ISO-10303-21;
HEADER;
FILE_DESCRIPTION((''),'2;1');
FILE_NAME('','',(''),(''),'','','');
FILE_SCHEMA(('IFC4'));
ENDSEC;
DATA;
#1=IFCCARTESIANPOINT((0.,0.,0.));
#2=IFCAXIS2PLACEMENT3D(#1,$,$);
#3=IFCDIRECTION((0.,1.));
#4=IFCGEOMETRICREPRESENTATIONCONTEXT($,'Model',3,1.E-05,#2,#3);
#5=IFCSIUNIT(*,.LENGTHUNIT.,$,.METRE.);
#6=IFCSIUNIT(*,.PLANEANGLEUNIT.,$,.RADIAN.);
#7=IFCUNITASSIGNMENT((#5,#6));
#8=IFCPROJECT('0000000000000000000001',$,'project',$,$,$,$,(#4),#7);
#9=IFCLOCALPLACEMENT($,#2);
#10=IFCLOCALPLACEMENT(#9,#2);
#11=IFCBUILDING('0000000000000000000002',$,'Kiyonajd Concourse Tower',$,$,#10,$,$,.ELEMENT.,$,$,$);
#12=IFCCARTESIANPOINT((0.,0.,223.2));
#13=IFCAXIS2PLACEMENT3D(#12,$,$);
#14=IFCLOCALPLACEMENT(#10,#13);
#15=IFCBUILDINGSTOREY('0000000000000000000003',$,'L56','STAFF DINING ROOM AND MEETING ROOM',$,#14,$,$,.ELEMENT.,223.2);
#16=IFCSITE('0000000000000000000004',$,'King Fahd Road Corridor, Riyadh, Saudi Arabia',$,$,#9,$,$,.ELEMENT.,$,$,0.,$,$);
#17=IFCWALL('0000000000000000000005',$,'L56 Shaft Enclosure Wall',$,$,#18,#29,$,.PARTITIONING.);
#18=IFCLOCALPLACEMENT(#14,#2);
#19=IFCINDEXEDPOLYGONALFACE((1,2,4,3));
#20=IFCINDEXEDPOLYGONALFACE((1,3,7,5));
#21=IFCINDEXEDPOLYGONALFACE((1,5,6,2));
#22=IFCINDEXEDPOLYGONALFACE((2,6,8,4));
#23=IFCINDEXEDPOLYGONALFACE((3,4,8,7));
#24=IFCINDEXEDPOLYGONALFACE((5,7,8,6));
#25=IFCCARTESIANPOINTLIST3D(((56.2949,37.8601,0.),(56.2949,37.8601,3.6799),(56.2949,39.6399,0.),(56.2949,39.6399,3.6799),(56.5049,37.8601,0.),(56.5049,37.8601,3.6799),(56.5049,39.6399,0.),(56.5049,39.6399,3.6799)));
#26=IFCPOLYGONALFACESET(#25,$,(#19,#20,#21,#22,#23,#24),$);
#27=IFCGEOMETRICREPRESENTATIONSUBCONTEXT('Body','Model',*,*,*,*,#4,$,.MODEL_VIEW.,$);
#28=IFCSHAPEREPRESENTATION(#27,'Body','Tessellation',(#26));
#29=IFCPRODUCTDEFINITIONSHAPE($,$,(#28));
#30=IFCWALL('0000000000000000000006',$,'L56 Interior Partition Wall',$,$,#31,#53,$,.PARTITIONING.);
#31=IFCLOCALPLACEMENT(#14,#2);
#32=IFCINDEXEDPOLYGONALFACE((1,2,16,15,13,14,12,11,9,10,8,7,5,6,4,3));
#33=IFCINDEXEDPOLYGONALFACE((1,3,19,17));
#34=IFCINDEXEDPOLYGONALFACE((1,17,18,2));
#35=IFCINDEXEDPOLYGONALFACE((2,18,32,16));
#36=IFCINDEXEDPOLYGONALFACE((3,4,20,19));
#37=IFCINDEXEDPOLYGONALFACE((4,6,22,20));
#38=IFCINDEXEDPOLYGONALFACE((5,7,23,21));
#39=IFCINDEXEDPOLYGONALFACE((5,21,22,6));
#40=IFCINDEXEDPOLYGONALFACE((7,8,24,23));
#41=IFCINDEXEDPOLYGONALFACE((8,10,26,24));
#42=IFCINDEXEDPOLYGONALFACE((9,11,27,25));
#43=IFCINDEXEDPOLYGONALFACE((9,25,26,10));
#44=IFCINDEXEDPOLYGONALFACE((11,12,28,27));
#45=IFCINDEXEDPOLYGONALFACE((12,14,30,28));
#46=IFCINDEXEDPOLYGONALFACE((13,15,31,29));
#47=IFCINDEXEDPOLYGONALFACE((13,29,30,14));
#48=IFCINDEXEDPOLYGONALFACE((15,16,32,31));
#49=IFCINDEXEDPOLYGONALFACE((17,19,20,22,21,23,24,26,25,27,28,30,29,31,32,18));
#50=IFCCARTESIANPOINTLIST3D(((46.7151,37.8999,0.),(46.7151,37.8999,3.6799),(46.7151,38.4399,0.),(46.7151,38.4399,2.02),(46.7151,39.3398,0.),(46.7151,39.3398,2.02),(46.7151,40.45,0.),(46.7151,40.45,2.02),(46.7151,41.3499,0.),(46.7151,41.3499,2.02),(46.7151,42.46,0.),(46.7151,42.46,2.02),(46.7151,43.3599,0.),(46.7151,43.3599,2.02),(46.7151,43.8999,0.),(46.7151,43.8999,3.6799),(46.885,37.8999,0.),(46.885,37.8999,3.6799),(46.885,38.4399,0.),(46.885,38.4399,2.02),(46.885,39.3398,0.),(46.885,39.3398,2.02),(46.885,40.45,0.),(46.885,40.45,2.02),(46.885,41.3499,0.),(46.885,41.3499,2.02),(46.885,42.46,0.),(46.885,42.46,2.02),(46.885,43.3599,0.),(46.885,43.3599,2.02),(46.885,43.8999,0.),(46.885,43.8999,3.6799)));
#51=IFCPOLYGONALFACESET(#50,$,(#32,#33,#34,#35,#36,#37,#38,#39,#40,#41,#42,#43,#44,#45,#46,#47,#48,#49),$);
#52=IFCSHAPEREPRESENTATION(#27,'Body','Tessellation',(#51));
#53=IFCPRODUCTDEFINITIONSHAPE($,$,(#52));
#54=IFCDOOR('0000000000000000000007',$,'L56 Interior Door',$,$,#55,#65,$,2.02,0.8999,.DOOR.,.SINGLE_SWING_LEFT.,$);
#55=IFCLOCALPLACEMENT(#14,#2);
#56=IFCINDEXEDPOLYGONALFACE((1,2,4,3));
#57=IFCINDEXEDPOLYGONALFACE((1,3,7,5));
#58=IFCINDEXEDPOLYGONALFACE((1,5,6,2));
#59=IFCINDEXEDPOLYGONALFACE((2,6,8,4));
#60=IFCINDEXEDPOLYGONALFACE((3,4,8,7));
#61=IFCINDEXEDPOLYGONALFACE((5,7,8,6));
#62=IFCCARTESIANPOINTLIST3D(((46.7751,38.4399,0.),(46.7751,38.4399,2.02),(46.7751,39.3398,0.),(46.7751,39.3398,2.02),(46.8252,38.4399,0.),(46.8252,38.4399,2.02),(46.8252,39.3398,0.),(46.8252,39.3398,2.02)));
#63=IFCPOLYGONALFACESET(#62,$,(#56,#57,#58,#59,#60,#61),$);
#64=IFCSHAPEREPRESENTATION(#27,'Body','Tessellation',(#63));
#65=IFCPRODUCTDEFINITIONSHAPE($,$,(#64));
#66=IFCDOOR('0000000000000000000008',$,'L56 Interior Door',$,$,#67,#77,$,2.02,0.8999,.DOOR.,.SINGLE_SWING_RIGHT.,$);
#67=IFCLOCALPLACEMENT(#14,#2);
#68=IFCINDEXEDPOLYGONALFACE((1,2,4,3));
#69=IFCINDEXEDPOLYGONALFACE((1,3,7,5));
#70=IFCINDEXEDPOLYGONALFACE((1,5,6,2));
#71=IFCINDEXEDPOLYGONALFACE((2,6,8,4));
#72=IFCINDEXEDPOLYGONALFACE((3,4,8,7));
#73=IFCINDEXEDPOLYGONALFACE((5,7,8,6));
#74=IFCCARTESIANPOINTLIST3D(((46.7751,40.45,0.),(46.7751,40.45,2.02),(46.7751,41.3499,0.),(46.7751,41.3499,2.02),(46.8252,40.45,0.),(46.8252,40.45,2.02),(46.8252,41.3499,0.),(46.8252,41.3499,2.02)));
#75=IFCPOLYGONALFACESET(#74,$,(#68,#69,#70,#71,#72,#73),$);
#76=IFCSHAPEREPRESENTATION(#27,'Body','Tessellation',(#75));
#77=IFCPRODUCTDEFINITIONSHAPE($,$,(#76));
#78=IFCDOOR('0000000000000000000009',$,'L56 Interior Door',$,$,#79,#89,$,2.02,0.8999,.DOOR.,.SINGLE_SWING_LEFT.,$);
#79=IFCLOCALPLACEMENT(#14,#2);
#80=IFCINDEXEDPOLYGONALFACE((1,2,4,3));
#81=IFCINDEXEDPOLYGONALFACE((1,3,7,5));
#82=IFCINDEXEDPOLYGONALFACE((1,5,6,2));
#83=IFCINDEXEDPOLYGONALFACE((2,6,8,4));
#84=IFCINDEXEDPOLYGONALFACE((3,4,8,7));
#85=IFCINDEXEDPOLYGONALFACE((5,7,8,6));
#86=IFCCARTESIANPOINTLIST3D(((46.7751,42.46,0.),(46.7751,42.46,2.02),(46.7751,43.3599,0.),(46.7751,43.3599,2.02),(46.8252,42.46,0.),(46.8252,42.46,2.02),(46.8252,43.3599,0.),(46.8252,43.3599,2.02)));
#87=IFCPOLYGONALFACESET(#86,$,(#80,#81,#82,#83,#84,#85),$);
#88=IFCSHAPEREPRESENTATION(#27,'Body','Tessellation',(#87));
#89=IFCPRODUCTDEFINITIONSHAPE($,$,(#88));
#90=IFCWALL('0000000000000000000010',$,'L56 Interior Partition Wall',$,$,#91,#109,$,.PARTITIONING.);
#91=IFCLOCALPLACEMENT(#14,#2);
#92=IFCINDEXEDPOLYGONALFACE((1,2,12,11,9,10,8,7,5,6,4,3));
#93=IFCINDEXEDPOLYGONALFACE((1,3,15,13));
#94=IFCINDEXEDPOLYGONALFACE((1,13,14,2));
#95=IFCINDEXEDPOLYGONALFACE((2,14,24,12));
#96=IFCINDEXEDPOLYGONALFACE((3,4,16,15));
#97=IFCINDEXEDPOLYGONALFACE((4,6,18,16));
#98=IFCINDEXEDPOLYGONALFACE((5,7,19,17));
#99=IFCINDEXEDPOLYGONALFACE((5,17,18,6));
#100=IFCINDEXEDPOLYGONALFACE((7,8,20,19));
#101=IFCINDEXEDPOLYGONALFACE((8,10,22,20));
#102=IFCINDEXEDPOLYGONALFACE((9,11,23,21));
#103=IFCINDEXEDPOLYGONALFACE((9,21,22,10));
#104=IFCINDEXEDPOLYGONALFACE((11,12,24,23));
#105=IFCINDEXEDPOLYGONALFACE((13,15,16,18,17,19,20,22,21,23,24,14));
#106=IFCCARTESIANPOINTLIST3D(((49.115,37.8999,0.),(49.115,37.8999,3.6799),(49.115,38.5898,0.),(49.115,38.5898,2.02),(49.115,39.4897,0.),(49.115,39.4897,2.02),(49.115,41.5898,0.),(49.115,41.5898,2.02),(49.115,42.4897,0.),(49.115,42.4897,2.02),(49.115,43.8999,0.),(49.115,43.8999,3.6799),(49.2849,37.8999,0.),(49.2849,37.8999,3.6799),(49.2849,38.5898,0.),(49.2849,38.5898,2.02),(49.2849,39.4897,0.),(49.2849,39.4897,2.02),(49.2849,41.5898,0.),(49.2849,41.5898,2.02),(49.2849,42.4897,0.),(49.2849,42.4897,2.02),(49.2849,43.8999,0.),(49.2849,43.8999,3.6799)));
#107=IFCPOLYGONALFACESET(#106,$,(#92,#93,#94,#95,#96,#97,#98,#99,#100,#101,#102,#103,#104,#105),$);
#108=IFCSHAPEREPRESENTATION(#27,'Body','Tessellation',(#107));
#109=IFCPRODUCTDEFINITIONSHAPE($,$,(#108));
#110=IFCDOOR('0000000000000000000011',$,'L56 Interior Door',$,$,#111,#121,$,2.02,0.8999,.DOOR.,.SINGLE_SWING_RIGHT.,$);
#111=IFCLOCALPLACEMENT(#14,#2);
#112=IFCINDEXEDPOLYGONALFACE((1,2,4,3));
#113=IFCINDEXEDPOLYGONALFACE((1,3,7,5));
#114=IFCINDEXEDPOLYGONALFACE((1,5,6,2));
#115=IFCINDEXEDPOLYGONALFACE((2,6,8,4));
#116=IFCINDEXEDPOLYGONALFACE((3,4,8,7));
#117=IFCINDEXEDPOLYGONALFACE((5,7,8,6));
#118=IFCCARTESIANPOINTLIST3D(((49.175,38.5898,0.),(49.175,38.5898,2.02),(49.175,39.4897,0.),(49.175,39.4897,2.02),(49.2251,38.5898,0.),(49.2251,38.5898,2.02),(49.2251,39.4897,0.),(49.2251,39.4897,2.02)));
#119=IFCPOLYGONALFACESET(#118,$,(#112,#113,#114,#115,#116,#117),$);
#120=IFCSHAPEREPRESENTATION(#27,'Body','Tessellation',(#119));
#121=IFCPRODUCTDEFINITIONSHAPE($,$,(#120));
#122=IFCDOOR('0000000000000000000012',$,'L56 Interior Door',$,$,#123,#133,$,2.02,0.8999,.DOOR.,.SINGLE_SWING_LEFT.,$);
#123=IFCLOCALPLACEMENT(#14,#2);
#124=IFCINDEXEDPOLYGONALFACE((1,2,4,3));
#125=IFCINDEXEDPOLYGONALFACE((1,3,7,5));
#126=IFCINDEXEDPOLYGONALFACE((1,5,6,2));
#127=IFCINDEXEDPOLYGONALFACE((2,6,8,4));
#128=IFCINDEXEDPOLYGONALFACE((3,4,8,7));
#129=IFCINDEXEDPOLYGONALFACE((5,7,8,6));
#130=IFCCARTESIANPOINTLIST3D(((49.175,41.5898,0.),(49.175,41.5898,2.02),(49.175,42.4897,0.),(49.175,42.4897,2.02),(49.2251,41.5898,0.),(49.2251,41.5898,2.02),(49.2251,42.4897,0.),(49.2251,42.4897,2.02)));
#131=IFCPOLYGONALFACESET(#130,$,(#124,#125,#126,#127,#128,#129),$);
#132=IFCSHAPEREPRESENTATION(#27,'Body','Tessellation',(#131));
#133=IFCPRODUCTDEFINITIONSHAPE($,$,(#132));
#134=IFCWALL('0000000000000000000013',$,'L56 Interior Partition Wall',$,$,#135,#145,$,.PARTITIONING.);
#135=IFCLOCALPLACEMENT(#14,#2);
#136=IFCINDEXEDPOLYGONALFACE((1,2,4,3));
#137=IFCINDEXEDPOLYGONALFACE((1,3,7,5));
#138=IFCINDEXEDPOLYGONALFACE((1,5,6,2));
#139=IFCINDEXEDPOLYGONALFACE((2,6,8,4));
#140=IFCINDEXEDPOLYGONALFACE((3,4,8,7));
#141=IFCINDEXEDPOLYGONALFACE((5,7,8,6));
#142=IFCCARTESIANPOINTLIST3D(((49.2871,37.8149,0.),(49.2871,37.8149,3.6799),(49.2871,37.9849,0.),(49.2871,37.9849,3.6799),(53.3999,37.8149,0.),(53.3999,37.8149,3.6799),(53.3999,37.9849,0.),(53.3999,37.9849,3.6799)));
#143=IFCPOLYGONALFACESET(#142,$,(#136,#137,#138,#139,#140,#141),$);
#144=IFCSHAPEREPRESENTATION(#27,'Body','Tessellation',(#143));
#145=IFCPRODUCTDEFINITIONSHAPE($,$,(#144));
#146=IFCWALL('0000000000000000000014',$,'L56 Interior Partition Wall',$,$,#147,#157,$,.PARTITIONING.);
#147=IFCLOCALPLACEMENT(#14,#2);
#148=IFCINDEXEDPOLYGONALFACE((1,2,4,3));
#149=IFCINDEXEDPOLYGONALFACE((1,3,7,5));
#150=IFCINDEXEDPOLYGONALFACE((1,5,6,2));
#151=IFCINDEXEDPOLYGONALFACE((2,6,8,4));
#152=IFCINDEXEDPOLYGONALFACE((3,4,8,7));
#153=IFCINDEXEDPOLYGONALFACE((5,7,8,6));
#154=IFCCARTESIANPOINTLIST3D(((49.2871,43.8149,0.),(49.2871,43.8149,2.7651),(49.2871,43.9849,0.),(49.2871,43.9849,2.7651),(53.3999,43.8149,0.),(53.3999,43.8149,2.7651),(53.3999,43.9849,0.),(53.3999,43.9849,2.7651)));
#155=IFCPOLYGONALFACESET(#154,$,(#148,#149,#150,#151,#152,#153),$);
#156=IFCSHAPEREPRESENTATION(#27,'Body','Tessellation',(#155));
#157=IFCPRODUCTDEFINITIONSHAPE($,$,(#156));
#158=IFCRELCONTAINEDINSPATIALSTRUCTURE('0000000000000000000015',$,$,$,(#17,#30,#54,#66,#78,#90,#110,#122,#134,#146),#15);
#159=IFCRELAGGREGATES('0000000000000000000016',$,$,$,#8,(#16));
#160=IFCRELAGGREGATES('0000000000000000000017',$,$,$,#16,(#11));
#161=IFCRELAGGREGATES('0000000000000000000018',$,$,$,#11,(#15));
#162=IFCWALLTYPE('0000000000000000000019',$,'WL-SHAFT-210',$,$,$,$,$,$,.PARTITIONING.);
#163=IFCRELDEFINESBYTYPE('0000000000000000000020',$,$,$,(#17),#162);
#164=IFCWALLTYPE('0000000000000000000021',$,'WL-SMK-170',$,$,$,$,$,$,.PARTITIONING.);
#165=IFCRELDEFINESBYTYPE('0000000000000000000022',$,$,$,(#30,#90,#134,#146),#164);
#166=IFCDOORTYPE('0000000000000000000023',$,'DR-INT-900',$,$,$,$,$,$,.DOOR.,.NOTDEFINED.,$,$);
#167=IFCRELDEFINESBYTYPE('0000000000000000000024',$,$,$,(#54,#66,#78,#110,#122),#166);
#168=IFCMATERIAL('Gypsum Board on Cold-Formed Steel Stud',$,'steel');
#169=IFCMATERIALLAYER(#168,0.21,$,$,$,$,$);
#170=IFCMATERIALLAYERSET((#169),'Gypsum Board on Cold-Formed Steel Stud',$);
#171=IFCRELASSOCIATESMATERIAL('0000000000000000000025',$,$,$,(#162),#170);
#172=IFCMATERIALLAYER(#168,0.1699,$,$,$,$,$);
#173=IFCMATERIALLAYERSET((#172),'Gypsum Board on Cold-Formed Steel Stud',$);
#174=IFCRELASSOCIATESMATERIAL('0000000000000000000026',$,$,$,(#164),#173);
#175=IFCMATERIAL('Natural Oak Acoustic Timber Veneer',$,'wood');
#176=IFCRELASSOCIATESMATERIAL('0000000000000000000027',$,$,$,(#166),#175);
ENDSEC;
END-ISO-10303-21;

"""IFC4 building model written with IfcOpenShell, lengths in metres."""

from ifc_helpers import new_model, si_unit, direction, frame, frame_2d, origin, place, context, subcontext, project, spatial, rectangle, extrude, material, layer, layer_set, type_object, element, fill, save


model = new_model("IFC4")

# Units and contexts
model_context = context("Model", 3, precision=1e-05, world=origin(), true_north=direction((0.0, 1.0)))
body_context = subcontext(model_context, "Body", "Model", "MODEL_VIEW")
ifc_project = project(units=[si_unit("LENGTHUNIT", "METRE"), si_unit("PLANEANGLEUNIT", "RADIAN")], contexts=[model_context])

# Site, building, storey
site_placement = place(None, origin())
site = spatial("IfcSite", under=ifc_project, at=site_placement, Name="King Fahd Road Corridor, Riyadh, Saudi Arabia", CompositionType="ELEMENT", RefElevation=0.0)
building_placement = place(site_placement, origin())
building = spatial("IfcBuilding", under=site, at=building_placement, Name="Kiyonajd Concourse Tower", CompositionType="ELEMENT")
storey_placement = place(building_placement, frame((0.0, 0.0, 223.2)))
storey = spatial("IfcBuildingStorey", under=building, at=storey_placement, Name="L56", Description="STAFF DINING ROOM AND MEETING ROOM", CompositionType="ELEMENT", Elevation=223.2)

# Wall
ifc_material_1 = material(Name="Gypsum Board on Cold-Formed Steel Stud", Category="steel")
ifc_layer_1 = layer(ifc_material_1, 0.21)
ifc_layer_set_1 = layer_set([ifc_layer_1], Name="Gypsum Board on Cold-Formed Steel Stud")
wall_type_1 = type_object("IfcWallType", Name="WL-SHAFT-210", PredefinedType="PARTITIONING", material=ifc_layer_set_1)
wall_1_placement = place(storey_placement, frame((56.3999, 37.8601, 0.0), z_axis=(0.0, 0.0, 1.0), x_axis=(0.0, 1.0, 0.0)))
element("IfcWall", 1, at=wall_1_placement, inside=storey, type_object=wall_type_1, Name="L56 Shaft Enclosure Wall", PredefinedType="PARTITIONING", context=body_context, shape_type="SweptSolid", body=[
    extrude(rectangle(XDim=1.7798, YDim=0.21, at=frame_2d((0.8899, 0.0))), origin(), (0.0, 0.0, 1.0), 3.6799),
])

# Walls, openings, doors
ifc_layer_2 = layer(ifc_material_1, 0.1699)
ifc_layer_set_2 = layer_set([ifc_layer_2], Name="Gypsum Board on Cold-Formed Steel Stud")
wall_type_2 = type_object("IfcWallType", Name="WL-SMK-170", PredefinedType="PARTITIONING", material=ifc_layer_set_2)
wall_2_placement = place(storey_placement, frame((46.8, 37.8999, 0.0), z_axis=(0.0, 0.0, 1.0), x_axis=(0.0, 1.0, 0.0)))
wall_2 = element("IfcWall", 2, at=wall_2_placement, inside=storey, type_object=wall_type_2, Name="L56 Interior Partition Wall", PredefinedType="PARTITIONING", context=body_context, shape_type="SweptSolid", body=[
    extrude(rectangle(XDim=6.0, YDim=0.1699, at=frame_2d((3.0, 0.0))), origin(), (0.0, 0.0, 1.0), 3.6799),
])
opening_1_placement = place(wall_2_placement, frame((0.54, 0.0, 0.0)))
opening_1 = element("IfcOpeningElement", 3, at=opening_1_placement, cuts=wall_2, PredefinedType="OPENING", context=body_context, shape_type="SweptSolid", body=[
    extrude(rectangle(XDim=0.8999, YDim=2.02, at=frame_2d((0.45, 1.01))), frame((0.0, 0.095, 0.0), z_axis=(0.0, -1.0, 0.0), x_axis=(1.0, 0.0, 0.0)), (0.0, 0.0, 1.0), 0.1899),
])
opening_2_placement = place(wall_2_placement, frame((2.55, 0.0, 0.0)))
opening_2 = element("IfcOpeningElement", 4, at=opening_2_placement, cuts=wall_2, PredefinedType="OPENING", context=body_context, shape_type="SweptSolid", body=[
    extrude(rectangle(XDim=0.8999, YDim=2.02, at=frame_2d((0.45, 1.01))), frame((0.0, 0.095, 0.0), z_axis=(0.0, -1.0, 0.0), x_axis=(1.0, 0.0, 0.0)), (0.0, 0.0, 1.0), 0.1899),
])
opening_3_placement = place(wall_2_placement, frame((4.5601, 0.0, 0.0)))
opening_3 = element("IfcOpeningElement", 5, at=opening_3_placement, cuts=wall_2, PredefinedType="OPENING", context=body_context, shape_type="SweptSolid", body=[
    extrude(rectangle(XDim=0.8999, YDim=2.02, at=frame_2d((0.45, 1.01))), frame((0.0, 0.095, 0.0), z_axis=(0.0, -1.0, 0.0), x_axis=(1.0, 0.0, 0.0)), (0.0, 0.0, 1.0), 0.1899),
])
ifc_material_2 = material(Name="Natural Oak Acoustic Timber Veneer", Category="wood")
door_type_1 = type_object("IfcDoorType", Name="DR-INT-900", OperationType="NOTDEFINED", PredefinedType="DOOR", material=ifc_material_2)
door_1_placement = place(opening_1_placement, origin())
door_1 = element("IfcDoor", 6, at=door_1_placement, inside=storey, type_object=door_type_1, Name="L56 Interior Door", OperationType="SINGLE_SWING_LEFT", OverallHeight=2.02, OverallWidth=0.8999, PredefinedType="DOOR", context=body_context, shape_type="SweptSolid", body=[
    extrude(rectangle(XDim=0.8999, YDim=2.02, at=frame_2d((0.45, 1.01))), frame((0.0, 0.0249, 0.0), z_axis=(0.0, -1.0, 0.0), x_axis=(1.0, 0.0, 0.0)), (0.0, 0.0, 1.0), 0.05),
])
fill(opening_1, door_1)
door_2_placement = place(opening_2_placement, origin())
door_2 = element("IfcDoor", 7, at=door_2_placement, inside=storey, type_object=door_type_1, Name="L56 Interior Door", OperationType="SINGLE_SWING_RIGHT", OverallHeight=2.02, OverallWidth=0.8999, PredefinedType="DOOR", context=body_context, shape_type="SweptSolid", body=[
    extrude(rectangle(XDim=0.8999, YDim=2.02, at=frame_2d((0.45, 1.01))), frame((0.0, 0.0249, 0.0), z_axis=(0.0, -1.0, 0.0), x_axis=(1.0, 0.0, 0.0)), (0.0, 0.0, 1.0), 0.05),
])
fill(opening_2, door_2)
door_3_placement = place(opening_3_placement, origin())
door_3 = element("IfcDoor", 8, at=door_3_placement, inside=storey, type_object=door_type_1, Name="L56 Interior Door", OperationType="SINGLE_SWING_LEFT", OverallHeight=2.02, OverallWidth=0.8999, PredefinedType="DOOR", context=body_context, shape_type="SweptSolid", body=[
    extrude(rectangle(XDim=0.8999, YDim=2.02, at=frame_2d((0.45, 1.01))), frame((0.0, 0.0249, 0.0), z_axis=(0.0, -1.0, 0.0), x_axis=(1.0, 0.0, 0.0)), (0.0, 0.0, 1.0), 0.05),
])
fill(opening_3, door_3)
wall_3_placement = place(storey_placement, frame((49.2, 37.8999, 0.0), z_axis=(0.0, 0.0, 1.0), x_axis=(0.0, 1.0, 0.0)))
wall_3 = element("IfcWall", 9, at=wall_3_placement, inside=storey, type_object=wall_type_2, Name="L56 Interior Partition Wall", PredefinedType="PARTITIONING", context=body_context, shape_type="SweptSolid", body=[
    extrude(rectangle(XDim=6.0, YDim=0.1699, at=frame_2d((3.0, 0.0))), origin(), (0.0, 0.0, 1.0), 3.6799),
])
opening_4_placement = place(wall_3_placement, frame((0.6899, 0.0, 0.0)))
opening_4 = element("IfcOpeningElement", 10, at=opening_4_placement, cuts=wall_3, PredefinedType="OPENING", context=body_context, shape_type="SweptSolid", body=[
    extrude(rectangle(XDim=0.8999, YDim=2.02, at=frame_2d((0.45, 1.01))), frame((0.0, 0.095, 0.0), z_axis=(0.0, -1.0, 0.0), x_axis=(1.0, 0.0, 0.0)), (0.0, 0.0, 1.0), 0.1899),
])
opening_5_placement = place(wall_3_placement, frame((3.6899, 0.0, 0.0)))
opening_5 = element("IfcOpeningElement", 11, at=opening_5_placement, cuts=wall_3, PredefinedType="OPENING", context=body_context, shape_type="SweptSolid", body=[
    extrude(rectangle(XDim=0.8999, YDim=2.02, at=frame_2d((0.45, 1.01))), frame((0.0, 0.095, 0.0), z_axis=(0.0, -1.0, 0.0), x_axis=(1.0, 0.0, 0.0)), (0.0, 0.0, 1.0), 0.1899),
])
door_4_placement = place(opening_4_placement, origin())
door_4 = element("IfcDoor", 12, at=door_4_placement, inside=storey, type_object=door_type_1, Name="L56 Interior Door", OperationType="SINGLE_SWING_RIGHT", OverallHeight=2.02, OverallWidth=0.8999, PredefinedType="DOOR", context=body_context, shape_type="SweptSolid", body=[
    extrude(rectangle(XDim=0.8999, YDim=2.02, at=frame_2d((0.45, 1.01))), frame((0.0, 0.0249, 0.0), z_axis=(0.0, -1.0, 0.0), x_axis=(1.0, 0.0, 0.0)), (0.0, 0.0, 1.0), 0.05),
])
fill(opening_4, door_4)
door_5_placement = place(opening_5_placement, origin())
door_5 = element("IfcDoor", 13, at=door_5_placement, inside=storey, type_object=door_type_1, Name="L56 Interior Door", OperationType="SINGLE_SWING_LEFT", OverallHeight=2.02, OverallWidth=0.8999, PredefinedType="DOOR", context=body_context, shape_type="SweptSolid", body=[
    extrude(rectangle(XDim=0.8999, YDim=2.02, at=frame_2d((0.45, 1.01))), frame((0.0, 0.0249, 0.0), z_axis=(0.0, -1.0, 0.0), x_axis=(1.0, 0.0, 0.0)), (0.0, 0.0, 1.0), 0.05),
])
fill(opening_5, door_5)

# Walls
wall_4_placement = place(storey_placement, frame((49.2871, 37.8999, 0.0), z_axis=(0.0, 0.0, 1.0), x_axis=(1.0, 0.0, 0.0)))
element("IfcWall", 14, at=wall_4_placement, inside=storey, type_object=wall_type_2, Name="L56 Interior Partition Wall", PredefinedType="PARTITIONING", context=body_context, shape_type="SweptSolid", body=[
    extrude(rectangle(XDim=4.1128, YDim=0.1699, at=frame_2d((2.0564, 0.0))), origin(), (0.0, 0.0, 1.0), 3.6799),
])
wall_5_placement = place(storey_placement, frame((49.2871, 43.8999, 0.0), z_axis=(0.0, 0.0, 1.0), x_axis=(1.0, 0.0, 0.0)))
element("IfcWall", 15, at=wall_5_placement, inside=storey, type_object=wall_type_2, Name="L56 Interior Partition Wall", PredefinedType="PARTITIONING", context=body_context, shape_type="SweptSolid", body=[
    extrude(rectangle(XDim=4.1128, YDim=0.1699, at=frame_2d((2.0564, 0.0))), origin(), (0.0, 0.0, 1.0), 2.7651),
])

save(model, "model.ifc")
